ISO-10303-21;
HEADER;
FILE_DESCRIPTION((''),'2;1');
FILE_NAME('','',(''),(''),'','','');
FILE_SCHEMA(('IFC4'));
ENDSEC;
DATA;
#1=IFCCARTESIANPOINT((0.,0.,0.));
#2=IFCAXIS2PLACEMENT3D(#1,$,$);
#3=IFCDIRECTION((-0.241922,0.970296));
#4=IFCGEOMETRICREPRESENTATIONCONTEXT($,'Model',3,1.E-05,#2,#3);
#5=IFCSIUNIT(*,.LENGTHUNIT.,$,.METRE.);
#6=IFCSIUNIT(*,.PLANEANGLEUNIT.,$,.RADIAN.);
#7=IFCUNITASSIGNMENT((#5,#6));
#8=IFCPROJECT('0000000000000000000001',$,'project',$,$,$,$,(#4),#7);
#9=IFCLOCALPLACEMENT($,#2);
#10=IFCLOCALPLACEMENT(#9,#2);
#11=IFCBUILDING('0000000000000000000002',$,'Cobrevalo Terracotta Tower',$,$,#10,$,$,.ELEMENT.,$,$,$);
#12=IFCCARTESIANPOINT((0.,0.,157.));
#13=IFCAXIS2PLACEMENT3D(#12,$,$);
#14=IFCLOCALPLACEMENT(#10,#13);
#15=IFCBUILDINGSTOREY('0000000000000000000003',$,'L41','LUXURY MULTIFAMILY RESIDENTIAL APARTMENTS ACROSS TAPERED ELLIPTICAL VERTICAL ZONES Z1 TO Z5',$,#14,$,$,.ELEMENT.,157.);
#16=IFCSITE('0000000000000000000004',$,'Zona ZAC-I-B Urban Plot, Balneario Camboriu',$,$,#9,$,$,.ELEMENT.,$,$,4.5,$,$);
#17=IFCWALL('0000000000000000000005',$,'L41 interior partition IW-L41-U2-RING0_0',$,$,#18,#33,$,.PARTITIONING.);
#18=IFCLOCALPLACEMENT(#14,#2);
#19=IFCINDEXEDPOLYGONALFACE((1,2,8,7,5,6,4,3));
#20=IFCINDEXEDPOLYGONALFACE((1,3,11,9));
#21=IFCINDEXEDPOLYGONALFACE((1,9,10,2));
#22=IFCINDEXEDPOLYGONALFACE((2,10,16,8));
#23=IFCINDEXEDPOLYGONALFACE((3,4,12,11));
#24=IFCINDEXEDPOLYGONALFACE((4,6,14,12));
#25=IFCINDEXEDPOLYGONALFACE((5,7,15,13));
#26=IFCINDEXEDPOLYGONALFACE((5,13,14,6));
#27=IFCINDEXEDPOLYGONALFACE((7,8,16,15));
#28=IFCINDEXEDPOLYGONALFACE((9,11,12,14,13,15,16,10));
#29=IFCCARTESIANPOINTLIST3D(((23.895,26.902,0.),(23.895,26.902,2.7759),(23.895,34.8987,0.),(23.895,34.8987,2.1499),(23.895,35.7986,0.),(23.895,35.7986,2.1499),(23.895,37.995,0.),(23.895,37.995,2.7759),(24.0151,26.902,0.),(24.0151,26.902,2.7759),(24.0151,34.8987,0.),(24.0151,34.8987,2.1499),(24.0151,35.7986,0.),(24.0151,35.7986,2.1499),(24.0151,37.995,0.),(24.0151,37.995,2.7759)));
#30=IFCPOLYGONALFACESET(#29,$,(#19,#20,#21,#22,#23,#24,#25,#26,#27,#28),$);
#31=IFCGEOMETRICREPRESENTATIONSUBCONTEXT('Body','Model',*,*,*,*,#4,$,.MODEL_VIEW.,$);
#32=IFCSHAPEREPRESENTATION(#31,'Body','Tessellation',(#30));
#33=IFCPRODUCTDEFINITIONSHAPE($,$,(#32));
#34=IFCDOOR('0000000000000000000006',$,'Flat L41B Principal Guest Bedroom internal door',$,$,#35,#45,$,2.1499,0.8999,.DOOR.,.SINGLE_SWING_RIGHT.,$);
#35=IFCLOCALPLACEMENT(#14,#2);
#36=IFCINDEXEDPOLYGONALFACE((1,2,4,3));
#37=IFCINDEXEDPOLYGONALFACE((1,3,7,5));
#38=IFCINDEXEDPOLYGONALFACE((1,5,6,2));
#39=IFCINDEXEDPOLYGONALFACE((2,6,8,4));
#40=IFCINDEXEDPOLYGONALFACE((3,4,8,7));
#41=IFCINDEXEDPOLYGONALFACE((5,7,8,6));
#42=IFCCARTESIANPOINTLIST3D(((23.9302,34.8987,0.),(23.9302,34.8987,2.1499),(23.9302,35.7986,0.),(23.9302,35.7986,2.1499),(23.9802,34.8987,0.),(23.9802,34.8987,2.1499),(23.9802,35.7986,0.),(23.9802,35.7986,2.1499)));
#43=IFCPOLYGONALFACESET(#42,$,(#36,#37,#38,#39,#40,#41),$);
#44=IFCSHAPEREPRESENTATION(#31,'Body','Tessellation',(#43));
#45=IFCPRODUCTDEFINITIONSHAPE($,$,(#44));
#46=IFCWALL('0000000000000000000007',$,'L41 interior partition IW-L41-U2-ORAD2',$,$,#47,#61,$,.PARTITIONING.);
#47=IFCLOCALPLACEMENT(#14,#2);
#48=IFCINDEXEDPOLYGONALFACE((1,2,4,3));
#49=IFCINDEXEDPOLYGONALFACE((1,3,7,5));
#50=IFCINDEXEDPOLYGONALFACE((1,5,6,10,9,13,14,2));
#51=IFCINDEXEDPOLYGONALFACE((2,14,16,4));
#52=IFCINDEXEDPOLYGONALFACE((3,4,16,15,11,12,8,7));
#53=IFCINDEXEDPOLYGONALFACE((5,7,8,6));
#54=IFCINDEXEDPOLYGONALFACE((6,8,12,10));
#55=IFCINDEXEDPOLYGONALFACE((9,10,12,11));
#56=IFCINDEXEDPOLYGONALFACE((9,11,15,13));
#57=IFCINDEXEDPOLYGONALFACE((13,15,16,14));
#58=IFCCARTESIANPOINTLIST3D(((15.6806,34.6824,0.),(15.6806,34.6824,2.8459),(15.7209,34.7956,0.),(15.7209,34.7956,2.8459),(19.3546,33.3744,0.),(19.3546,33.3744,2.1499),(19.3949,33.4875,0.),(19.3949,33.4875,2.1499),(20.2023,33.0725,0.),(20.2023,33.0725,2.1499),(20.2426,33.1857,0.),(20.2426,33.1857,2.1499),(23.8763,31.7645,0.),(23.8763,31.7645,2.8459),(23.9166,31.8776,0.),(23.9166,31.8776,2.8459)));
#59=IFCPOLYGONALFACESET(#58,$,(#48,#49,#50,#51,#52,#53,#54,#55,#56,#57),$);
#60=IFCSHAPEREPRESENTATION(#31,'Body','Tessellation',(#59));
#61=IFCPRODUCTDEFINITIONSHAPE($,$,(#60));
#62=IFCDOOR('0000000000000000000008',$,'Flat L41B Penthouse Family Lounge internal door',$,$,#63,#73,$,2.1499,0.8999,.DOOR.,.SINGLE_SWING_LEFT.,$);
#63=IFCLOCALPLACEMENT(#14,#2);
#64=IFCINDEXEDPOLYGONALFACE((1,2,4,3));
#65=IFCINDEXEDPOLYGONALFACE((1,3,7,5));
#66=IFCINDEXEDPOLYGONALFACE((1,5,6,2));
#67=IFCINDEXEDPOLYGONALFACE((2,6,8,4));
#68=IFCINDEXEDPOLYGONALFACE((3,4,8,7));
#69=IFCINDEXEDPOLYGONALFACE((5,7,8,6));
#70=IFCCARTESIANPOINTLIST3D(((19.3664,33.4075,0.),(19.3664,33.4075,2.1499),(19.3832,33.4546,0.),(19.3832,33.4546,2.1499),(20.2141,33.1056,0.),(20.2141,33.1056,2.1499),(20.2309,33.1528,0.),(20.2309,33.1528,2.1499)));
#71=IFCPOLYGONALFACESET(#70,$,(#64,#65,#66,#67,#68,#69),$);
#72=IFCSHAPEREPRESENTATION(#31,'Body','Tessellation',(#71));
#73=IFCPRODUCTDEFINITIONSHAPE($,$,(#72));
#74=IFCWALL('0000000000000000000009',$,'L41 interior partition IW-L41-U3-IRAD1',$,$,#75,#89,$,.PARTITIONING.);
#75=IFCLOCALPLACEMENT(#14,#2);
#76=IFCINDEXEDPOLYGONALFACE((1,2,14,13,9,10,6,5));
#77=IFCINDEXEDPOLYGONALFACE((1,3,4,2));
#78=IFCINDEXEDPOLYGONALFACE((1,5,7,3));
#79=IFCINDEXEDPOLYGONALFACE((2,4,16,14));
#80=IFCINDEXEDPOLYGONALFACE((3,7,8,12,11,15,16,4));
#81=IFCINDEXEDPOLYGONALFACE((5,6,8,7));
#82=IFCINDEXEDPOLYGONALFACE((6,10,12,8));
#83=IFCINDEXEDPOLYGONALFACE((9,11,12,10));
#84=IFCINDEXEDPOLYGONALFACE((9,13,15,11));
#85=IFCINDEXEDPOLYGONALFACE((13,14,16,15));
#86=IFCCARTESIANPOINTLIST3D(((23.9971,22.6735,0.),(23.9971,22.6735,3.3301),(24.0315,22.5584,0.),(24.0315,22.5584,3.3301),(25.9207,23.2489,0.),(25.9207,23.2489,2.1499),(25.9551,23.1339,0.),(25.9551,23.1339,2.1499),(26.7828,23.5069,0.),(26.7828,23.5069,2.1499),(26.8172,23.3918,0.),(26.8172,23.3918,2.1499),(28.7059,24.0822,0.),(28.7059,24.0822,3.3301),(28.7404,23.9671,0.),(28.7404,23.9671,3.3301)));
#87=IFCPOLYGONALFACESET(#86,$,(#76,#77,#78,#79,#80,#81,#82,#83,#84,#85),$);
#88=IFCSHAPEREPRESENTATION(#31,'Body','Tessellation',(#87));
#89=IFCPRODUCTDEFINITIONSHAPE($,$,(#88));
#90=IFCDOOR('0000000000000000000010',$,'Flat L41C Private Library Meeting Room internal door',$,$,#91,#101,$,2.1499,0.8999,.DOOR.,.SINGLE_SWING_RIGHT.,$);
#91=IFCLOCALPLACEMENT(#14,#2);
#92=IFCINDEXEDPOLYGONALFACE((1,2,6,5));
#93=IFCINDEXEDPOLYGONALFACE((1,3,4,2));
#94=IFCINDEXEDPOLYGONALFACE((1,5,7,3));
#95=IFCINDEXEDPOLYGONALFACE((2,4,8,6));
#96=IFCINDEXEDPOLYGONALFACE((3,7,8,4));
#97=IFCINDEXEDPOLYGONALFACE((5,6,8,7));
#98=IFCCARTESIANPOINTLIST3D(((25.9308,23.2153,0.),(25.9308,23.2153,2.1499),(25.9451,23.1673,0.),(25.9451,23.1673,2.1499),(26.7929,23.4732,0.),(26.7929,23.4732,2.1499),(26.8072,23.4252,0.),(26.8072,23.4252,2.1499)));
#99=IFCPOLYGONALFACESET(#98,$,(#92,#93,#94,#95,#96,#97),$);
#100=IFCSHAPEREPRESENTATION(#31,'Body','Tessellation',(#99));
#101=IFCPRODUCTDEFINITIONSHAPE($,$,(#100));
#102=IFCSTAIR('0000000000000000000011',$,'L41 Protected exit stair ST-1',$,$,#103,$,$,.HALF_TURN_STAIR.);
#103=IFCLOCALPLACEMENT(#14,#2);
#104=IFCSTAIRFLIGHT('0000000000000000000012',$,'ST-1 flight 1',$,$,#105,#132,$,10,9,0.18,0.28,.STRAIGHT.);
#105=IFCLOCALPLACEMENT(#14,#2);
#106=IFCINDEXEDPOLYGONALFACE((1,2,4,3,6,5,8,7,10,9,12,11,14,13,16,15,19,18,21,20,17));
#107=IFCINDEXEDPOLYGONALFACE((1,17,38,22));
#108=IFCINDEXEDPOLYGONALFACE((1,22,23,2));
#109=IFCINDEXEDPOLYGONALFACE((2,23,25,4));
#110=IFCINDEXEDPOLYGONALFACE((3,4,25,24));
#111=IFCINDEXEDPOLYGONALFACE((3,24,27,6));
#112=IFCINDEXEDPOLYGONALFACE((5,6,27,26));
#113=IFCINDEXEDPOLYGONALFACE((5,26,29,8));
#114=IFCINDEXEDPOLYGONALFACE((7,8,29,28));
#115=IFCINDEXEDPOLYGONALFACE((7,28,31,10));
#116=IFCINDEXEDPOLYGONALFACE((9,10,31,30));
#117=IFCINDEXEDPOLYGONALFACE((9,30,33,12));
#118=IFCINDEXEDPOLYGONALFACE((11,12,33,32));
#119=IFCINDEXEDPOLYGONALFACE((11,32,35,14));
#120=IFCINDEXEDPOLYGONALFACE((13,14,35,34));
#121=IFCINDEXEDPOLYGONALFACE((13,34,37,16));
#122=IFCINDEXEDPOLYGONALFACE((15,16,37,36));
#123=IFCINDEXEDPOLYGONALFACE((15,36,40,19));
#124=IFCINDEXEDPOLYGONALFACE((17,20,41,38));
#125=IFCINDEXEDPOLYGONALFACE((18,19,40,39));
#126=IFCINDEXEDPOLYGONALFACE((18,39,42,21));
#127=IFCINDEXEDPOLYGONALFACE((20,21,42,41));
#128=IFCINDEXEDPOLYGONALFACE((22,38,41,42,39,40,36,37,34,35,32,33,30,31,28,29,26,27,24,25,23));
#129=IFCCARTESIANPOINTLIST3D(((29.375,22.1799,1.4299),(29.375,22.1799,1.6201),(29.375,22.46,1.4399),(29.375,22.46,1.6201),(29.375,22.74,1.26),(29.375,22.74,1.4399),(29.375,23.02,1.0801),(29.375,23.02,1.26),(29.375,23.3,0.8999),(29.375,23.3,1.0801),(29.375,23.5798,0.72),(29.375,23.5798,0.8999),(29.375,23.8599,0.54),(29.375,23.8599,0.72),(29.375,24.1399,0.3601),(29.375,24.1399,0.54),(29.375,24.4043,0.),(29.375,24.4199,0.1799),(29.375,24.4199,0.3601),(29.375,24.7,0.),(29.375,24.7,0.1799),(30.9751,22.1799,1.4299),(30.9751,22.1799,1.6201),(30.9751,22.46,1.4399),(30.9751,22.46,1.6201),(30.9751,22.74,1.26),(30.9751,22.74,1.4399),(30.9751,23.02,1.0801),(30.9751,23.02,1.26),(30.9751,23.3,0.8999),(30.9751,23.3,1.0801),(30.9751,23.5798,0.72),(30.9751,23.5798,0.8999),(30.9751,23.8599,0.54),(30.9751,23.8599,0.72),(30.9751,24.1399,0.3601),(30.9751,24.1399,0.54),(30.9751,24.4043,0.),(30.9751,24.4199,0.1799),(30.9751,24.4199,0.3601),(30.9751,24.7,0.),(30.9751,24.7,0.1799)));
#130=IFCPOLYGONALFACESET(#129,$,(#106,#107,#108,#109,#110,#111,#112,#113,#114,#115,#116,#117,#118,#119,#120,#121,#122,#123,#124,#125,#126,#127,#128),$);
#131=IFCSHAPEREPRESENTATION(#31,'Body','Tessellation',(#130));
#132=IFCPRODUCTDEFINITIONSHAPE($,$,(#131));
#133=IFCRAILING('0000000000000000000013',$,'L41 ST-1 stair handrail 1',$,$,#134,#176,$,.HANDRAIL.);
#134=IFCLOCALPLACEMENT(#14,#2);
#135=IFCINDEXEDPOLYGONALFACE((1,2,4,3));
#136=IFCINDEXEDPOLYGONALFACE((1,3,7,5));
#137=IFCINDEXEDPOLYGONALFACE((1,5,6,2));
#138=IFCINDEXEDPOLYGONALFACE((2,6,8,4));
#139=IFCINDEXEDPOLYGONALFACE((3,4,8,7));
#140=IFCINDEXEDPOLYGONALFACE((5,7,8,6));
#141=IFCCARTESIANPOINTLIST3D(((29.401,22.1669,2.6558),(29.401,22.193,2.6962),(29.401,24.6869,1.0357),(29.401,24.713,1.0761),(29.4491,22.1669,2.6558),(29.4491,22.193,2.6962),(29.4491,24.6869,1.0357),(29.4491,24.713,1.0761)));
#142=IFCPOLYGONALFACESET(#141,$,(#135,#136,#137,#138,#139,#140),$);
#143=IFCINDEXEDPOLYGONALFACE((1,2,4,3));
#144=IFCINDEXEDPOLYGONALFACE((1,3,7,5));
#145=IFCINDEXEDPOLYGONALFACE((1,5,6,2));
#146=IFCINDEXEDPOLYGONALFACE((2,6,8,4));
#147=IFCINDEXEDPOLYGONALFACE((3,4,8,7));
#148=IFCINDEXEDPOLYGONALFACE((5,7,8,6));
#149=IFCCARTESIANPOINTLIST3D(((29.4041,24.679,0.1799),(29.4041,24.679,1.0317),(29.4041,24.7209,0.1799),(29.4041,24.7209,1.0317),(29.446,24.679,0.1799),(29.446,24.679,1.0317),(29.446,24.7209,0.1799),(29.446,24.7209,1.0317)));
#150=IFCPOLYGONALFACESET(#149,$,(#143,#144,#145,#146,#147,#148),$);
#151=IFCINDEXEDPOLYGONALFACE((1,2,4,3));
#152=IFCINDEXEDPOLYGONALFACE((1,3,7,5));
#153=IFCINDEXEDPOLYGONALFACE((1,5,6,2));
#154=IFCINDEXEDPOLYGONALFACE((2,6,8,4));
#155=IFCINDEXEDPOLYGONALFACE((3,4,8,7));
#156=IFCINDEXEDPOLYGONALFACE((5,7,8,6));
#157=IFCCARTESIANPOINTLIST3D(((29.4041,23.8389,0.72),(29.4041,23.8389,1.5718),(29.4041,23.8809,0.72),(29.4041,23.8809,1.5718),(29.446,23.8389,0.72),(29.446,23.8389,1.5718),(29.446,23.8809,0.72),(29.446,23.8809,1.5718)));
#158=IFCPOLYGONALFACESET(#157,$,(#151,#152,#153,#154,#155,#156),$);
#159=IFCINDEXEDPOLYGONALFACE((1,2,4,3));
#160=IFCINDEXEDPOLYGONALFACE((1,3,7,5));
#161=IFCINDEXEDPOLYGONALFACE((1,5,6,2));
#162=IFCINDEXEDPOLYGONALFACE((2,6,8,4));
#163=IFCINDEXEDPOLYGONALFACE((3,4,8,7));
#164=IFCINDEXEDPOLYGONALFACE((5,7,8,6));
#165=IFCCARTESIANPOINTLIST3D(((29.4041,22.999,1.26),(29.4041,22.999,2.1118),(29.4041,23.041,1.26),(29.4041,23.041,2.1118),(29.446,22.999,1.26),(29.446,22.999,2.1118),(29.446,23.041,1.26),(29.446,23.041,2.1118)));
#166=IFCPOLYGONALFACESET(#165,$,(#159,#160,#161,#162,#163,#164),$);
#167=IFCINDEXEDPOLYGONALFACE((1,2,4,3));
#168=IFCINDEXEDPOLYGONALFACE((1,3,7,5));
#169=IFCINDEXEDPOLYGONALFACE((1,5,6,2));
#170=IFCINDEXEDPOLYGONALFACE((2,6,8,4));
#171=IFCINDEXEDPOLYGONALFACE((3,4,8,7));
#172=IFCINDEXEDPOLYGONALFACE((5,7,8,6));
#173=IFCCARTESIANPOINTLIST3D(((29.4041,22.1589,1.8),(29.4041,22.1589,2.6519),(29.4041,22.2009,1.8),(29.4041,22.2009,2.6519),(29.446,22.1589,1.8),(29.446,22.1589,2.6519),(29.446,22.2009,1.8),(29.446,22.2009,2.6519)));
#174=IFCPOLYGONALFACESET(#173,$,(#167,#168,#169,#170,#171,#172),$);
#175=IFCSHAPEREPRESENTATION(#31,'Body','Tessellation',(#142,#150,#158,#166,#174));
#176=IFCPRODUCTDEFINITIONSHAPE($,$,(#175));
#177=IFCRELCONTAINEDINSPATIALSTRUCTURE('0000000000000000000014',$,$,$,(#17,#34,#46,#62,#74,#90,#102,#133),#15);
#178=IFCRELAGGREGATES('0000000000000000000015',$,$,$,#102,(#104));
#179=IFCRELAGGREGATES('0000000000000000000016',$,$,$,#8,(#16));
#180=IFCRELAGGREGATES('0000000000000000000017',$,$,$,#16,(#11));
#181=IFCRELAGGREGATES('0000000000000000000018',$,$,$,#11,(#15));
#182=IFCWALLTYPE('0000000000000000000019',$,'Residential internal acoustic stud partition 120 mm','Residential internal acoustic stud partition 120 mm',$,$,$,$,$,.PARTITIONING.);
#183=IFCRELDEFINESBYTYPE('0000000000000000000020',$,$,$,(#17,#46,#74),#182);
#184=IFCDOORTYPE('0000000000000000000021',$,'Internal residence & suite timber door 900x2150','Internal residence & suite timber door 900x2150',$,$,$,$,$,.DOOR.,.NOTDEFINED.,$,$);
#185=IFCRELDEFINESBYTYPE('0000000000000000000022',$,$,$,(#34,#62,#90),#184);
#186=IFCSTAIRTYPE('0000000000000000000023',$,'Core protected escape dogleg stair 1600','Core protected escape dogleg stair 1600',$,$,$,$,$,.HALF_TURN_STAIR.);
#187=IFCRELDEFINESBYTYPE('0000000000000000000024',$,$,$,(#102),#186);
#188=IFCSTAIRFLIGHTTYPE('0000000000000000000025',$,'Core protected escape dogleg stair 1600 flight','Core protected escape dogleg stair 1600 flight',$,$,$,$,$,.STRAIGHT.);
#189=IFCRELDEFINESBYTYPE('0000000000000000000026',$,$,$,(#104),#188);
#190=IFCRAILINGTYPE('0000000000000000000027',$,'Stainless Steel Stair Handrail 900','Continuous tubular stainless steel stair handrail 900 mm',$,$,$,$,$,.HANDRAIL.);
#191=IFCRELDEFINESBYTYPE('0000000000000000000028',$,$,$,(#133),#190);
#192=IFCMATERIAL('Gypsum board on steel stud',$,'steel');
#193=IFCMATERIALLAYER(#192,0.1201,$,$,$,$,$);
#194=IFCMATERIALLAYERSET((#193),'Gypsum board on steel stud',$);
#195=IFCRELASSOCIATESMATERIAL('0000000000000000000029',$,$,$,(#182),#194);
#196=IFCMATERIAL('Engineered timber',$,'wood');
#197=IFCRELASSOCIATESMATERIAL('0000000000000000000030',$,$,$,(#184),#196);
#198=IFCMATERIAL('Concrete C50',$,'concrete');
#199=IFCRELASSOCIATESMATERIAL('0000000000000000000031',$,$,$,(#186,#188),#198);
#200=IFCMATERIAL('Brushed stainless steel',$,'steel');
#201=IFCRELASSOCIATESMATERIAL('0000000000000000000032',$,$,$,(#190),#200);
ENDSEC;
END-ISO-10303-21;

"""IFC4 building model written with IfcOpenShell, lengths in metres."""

from ifc_helpers import new_model, si_unit, direction, frame, frame_2d, origin, origin_2d, place, context, subcontext, project, spatial, polyline, rectangle, outline, extrude, source, transform, mapped, material, layer, layer_set, type_object, element, fill, aggregate, save


model = new_model("IFC4")

# Units and contexts
model_context = context("Model", 3, precision=1e-05, world=origin(), true_north=direction((-0.241922, 0.970296)))
body_context = subcontext(model_context, "Body", "Model", "MODEL_VIEW")
ifc_project = project(units=[si_unit("LENGTHUNIT", "METRE"), si_unit("PLANEANGLEUNIT", "RADIAN")], contexts=[model_context])

# Site, building, storey
site_placement = place(None, origin())
site = spatial("IfcSite", under=ifc_project, at=site_placement, Name="Zona ZAC-I-B Urban Plot, Balneario Camboriu", CompositionType="ELEMENT", RefElevation=4.5)
building_placement = place(site_placement, origin())
building = spatial("IfcBuilding", under=site, at=building_placement, Name="Cobrevalo Terracotta Tower", CompositionType="ELEMENT")
storey_placement = place(building_placement, frame((0.0, 0.0, 157.0)))
storey = spatial("IfcBuildingStorey", under=building, at=storey_placement, Name="L41", Description="LUXURY MULTIFAMILY RESIDENTIAL APARTMENTS ACROSS TAPERED ELLIPTICAL VERTICAL ZONES Z1 TO Z5", CompositionType="ELEMENT", Elevation=157.0)

# Shared definitions
ifc_material_1 = material(Name="Gypsum board on steel stud", Category="steel")

# Shared definitions
ifc_material_2 = material(Name="Brushed stainless steel", Category="steel")

# Walls, openings, doors
ifc_layer_1 = layer(ifc_material_1, 0.1201)
ifc_layer_set_1 = layer_set([ifc_layer_1], Name="Gypsum board on steel stud")
wall_type_1 = type_object("IfcWallType", Name="Residential internal acoustic stud partition 120 mm", Description="Residential internal acoustic stud partition 120 mm", PredefinedType="PARTITIONING", material=ifc_layer_set_1)
wall_1_placement = place(storey_placement, frame((23.9551, 26.9021, 0.0), z_axis=(0.0, 0.0, 1.0), x_axis=(0.0, 1.0, 0.0)))
wall_1 = element("IfcWall", 1, at=wall_1_placement, inside=storey, type_object=wall_type_1, Name="L41 interior partition IW-L41-U2-RING0_0", PredefinedType="PARTITIONING", context=body_context, shape_type="SweptSolid", body=[
    extrude(rectangle(XDim=11.093, YDim=0.1201, at=frame_2d((5.5464, 0.0))), origin(), (0.0, 0.0, 1.0), 2.7759),
])
opening_1_placement = place(wall_1_placement, frame((7.9966, 0.0, 0.0)))
opening_1 = element("IfcOpeningElement", 2, at=opening_1_placement, cuts=wall_1, PredefinedType="OPENING", context=body_context, shape_type="SweptSolid", body=[
    extrude(rectangle(XDim=0.8999, YDim=2.1499, at=frame_2d((0.45, 1.075))), frame((0.0, 0.0701, 0.0), z_axis=(0.0, -1.0, 0.0), x_axis=(1.0, 0.0, 0.0)), (0.0, 0.0, 1.0), 0.1401),
])
ifc_material_3 = material(Name="Engineered timber", Category="wood")
door_type_1 = type_object("IfcDoorType", Name="Internal residence & suite timber door 900x2150", Description="Internal residence & suite timber door 900x2150", OperationType="NOTDEFINED", PredefinedType="DOOR", material=ifc_material_3)
shared_shape_1 = source(origin(), body_context, "Body", "SweptSolid", [
    extrude(rectangle(XDim=0.8999, YDim=2.1499, at=frame_2d((0.45, 1.075))), frame((0.0, 0.0249, 0.0), z_axis=(0.0, -1.0, 0.0), x_axis=(1.0, 0.0, 0.0)), (0.0, 0.0, 1.0), 0.05),
])
door_1_placement = place(opening_1_placement, origin())
door_1 = element("IfcDoor", 3, at=door_1_placement, inside=storey, type_object=door_type_1, Name="Flat L41B Principal Guest Bedroom internal door", OperationType="SINGLE_SWING_RIGHT", OverallHeight=2.1499, OverallWidth=0.8999, PredefinedType="DOOR", context=body_context, shape_type="MappedRepresentation", body=[
    mapped(shared_shape_1, transform((0.0, 0.0, 0.0), scale=1.0)),
])
fill(opening_1, door_1)
wall_2_placement = place(storey_placement, frame((23.8965, 31.821, 0.0), z_axis=(0.0, 0.0, 1.0), x_axis=(-0.942073, 0.335408, 0.0)))
wall_2 = element("IfcWall", 4, at=wall_2_placement, inside=storey, type_object=wall_type_1, Name="L41 interior partition IW-L41-U2-ORAD2", PredefinedType="PARTITIONING", context=body_context, shape_type="SweptSolid", body=[
    extrude(rectangle(XDim=8.6997, YDim=0.1201, at=frame_2d((4.3499, 0.0))), origin(), (0.0, 0.0, 1.0), 2.8459),
])
opening_2_placement = place(wall_2_placement, frame((3.8999, 0.0, 0.0)))
opening_2 = element("IfcOpeningElement", 5, at=opening_2_placement, cuts=wall_2, PredefinedType="OPENING", context=body_context, shape_type="SweptSolid", body=[
    extrude(rectangle(XDim=0.8999, YDim=2.1499, at=frame_2d((0.45, 1.075))), frame((0.0, 0.0701, 0.0), z_axis=(0.0, -1.0, 0.0), x_axis=(1.0, 0.0, 0.0)), (0.0, 0.0, 1.0), 0.1401),
])
door_2_placement = place(opening_2_placement, origin())
door_2 = element("IfcDoor", 6, at=door_2_placement, inside=storey, type_object=door_type_1, Name="Flat L41B Penthouse Family Lounge internal door", OperationType="SINGLE_SWING_LEFT", OverallHeight=2.1499, OverallWidth=0.8999, PredefinedType="DOOR", context=body_context, shape_type="MappedRepresentation", body=[
    mapped(shared_shape_1, transform((0.0, 0.0, 0.0), scale=1.0)),
])
fill(opening_2, door_2)
wall_3_placement = place(storey_placement, frame((28.7231, 24.0247, 0.0), z_axis=(0.0, 0.0, 1.0), x_axis=(-0.958046, -0.286614, 0.0)))
wall_3 = element("IfcWall", 7, at=wall_3_placement, inside=storey, type_object=wall_type_1, Name="L41 interior partition IW-L41-U3-IRAD1", PredefinedType="PARTITIONING", context=body_context, shape_type="SweptSolid", body=[
    extrude(rectangle(XDim=4.915, YDim=0.1201, at=frame_2d((2.4575, 0.0))), origin(), (0.0, 0.0, 1.0), 3.3301),
])
opening_3_placement = place(wall_3_placement, frame((2.0073, 0.0, 0.0)))
opening_3 = element("IfcOpeningElement", 8, at=opening_3_placement, cuts=wall_3, PredefinedType="OPENING", context=body_context, shape_type="SweptSolid", body=[
    extrude(rectangle(XDim=0.8999, YDim=2.1499, at=frame_2d((0.45, 1.075))), frame((0.0, 0.0701, 0.0), z_axis=(0.0, -1.0, 0.0), x_axis=(1.0, 0.0, 0.0)), (0.0, 0.0, 1.0), 0.1401),
])
door_3_placement = place(opening_3_placement, frame((0.8999, 0.0, 0.0), z_axis=(0.0, 0.0, 1.0), x_axis=(-1.0, 0.0, 0.0)))
door_3 = element("IfcDoor", 9, at=door_3_placement, inside=storey, type_object=door_type_1, Name="Flat L41C Private Library Meeting Room internal door", OperationType="SINGLE_SWING_RIGHT", OverallHeight=2.1499, OverallWidth=0.8999, PredefinedType="DOOR", context=body_context, shape_type="MappedRepresentation", body=[
    mapped(shared_shape_1, transform((0.0, 0.0, 0.0), scale=1.0)),
])
fill(opening_3, door_3)
ifc_material_4 = material(Name="Concrete C50", Category="concrete")

# Stair, stair flight
stair_type = type_object("IfcStairType", Name="Core protected escape dogleg stair 1600", Description="Core protected escape dogleg stair 1600", PredefinedType="HALF_TURN_STAIR", material=ifc_material_4)
stair_placement = place(storey_placement, origin())
stair = element("IfcStair", 10, at=stair_placement, inside=storey, type_object=stair_type, Name="L41 Protected exit stair ST-1", PredefinedType="HALF_TURN_STAIR")
stair_flight_type = type_object("IfcStairFlightType", Name="Core protected escape dogleg stair 1600 flight", Description="Core protected escape dogleg stair 1600 flight", PredefinedType="STRAIGHT", material=ifc_material_4)
stair_flight_placement = place(storey_placement, frame((30.175, 24.7, 0.0), z_axis=(0.0, 0.0, 1.0), x_axis=(0.0, -1.0, 0.0)))
stair_flight = element("IfcStairFlight", 11, at=stair_flight_placement, type_object=stair_flight_type, Name="ST-1 flight 1", NumberOfRisers=10, NumberOfTreads=9, PredefinedType="STRAIGHT", RiserHeight=0.18, TreadLength=0.28, context=body_context, shape_type="SweptSolid", body=[
    extrude(outline(polyline([(0.0, 0.0), (0.0, 0.1799), (0.28, 0.1799), (0.28, 0.3601), (0.5601, 0.3601), (0.5601, 0.54), (0.8401, 0.54), (0.8401, 0.72), (1.1201, 0.72), (1.1201, 0.8999), (1.3999, 0.8999), (1.3999, 1.0801), (1.6799, 1.0801), (1.6799, 1.26), (1.96, 1.26), (1.96, 1.4399), (2.24, 1.4399), (2.24, 1.6201), (2.52, 1.6201), (2.52, 1.8), (2.52, 1.4299), (0.2957, 0.0), (0.0, 0.0)])), frame((0.0, 0.8, 0.0), z_axis=(0.0, -1.0, 0.0), x_axis=(1.0, 0.0, 0.0)), (0.0, 0.0, 1.0), 1.6001),
])
aggregate(stair, [stair_flight])

# Railing
railing_type_1 = type_object("IfcRailingType", Name="Stainless Steel Stair Handrail 900", Description="Continuous tubular stainless steel stair handrail 900 mm", PredefinedType="HANDRAIL", material=ifc_material_2)
railing_1_placement = place(storey_placement, frame((29.425, 24.7, 0.1799)))
element("IfcRailing", 12, at=railing_1_placement, inside=storey, type_object=railing_type_1, Name="L41 ST-1 stair handrail 1", PredefinedType="HANDRAIL", context=body_context, shape_type="SweptSolid", body=[
    extrude(rectangle(XDim=0.0481, YDim=0.0481, at=origin_2d()), frame((0.0, 0.0, 0.876), z_axis=(0.0, -0.841163, 0.540782), x_axis=(1.0, 0.0, 0.0)), (0.0, 0.0, 1.0), 2.9958),
    extrude(rectangle(XDim=0.042, YDim=0.042, at=origin_2d()), origin(), (0.0, 0.0, 1.0), 0.8518),
    extrude(rectangle(XDim=0.042, YDim=0.042, at=origin_2d()), frame((0.0, -0.8401, 0.54)), (0.0, 0.0, 1.0), 0.8518),
    extrude(rectangle(XDim=0.042, YDim=0.042, at=origin_2d()), frame((0.0, -1.6799, 1.0801)), (0.0, 0.0, 1.0), 0.8518),
    extrude(rectangle(XDim=0.042, YDim=0.042, at=origin_2d()), frame((0.0, -2.52, 1.6201)), (0.0, 0.0, 1.0), 0.8518),
])

save(model, "model.ifc")
